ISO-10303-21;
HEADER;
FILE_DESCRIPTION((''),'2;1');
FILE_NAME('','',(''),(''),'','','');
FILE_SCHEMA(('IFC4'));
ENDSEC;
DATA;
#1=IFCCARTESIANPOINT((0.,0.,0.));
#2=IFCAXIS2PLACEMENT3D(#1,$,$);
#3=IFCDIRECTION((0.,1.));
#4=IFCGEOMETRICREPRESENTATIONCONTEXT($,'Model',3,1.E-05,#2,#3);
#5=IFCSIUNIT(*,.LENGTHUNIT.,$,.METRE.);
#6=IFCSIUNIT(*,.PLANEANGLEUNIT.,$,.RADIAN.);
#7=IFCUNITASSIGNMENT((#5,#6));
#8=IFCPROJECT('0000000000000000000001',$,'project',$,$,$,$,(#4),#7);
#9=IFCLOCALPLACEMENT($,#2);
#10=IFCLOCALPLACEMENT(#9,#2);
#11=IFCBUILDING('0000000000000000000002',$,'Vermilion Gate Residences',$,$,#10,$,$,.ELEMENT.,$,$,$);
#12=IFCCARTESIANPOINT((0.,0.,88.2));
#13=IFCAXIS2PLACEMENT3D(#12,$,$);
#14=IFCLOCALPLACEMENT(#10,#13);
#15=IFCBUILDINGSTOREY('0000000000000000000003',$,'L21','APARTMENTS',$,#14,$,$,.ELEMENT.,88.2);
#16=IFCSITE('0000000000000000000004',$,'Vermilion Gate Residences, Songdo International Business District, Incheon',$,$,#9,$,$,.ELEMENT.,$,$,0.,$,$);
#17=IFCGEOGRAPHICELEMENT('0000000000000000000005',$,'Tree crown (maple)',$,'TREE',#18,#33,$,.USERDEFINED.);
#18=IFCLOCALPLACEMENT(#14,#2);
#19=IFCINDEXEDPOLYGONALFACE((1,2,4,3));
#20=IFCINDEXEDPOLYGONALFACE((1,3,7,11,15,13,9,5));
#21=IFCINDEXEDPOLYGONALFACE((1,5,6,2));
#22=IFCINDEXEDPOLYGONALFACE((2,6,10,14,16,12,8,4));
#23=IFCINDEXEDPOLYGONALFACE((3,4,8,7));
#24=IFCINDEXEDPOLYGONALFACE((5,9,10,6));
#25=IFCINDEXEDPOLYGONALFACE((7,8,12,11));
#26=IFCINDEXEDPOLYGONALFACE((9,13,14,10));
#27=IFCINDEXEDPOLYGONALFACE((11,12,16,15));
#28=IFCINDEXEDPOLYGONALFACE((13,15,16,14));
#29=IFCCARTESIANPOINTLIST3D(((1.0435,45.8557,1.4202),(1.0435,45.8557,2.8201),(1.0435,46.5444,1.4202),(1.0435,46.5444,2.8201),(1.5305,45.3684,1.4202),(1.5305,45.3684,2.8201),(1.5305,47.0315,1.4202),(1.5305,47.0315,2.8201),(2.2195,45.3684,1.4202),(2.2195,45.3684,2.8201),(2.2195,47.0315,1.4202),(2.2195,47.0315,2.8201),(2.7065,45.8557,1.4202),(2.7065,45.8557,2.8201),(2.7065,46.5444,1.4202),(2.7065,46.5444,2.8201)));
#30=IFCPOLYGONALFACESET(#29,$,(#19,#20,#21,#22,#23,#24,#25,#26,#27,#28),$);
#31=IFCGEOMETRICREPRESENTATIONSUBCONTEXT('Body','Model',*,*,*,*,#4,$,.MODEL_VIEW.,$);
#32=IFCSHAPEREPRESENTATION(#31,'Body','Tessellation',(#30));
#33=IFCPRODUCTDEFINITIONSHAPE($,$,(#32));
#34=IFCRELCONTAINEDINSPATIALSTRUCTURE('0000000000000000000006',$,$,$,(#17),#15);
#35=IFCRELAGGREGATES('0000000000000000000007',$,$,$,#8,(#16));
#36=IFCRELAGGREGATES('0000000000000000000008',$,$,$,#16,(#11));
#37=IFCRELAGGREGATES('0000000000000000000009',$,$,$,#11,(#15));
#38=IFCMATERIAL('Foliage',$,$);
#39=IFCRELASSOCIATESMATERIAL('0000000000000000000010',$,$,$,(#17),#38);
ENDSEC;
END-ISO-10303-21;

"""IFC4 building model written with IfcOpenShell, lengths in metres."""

from ifc_helpers import new_model, si_unit, direction, frame, origin, place, context, subcontext, project, spatial, polyline, outline, extrude, material, element, save


model = new_model("IFC4")

# Units and contexts
model_context = context("Model", 3, precision=1e-05, world=origin(), true_north=direction((0.0, 1.0)))
body_context = subcontext(model_context, "Body", "Model", "MODEL_VIEW")
ifc_project = project(units=[si_unit("LENGTHUNIT", "METRE"), si_unit("PLANEANGLEUNIT", "RADIAN")], contexts=[model_context])

# Site, building, storey
site_placement = place(None, origin())
site = spatial("IfcSite", under=ifc_project, at=site_placement, Name="Vermilion Gate Residences, Songdo International Business District, Incheon", CompositionType="ELEMENT", RefElevation=0.0)
building_placement = place(site_placement, origin())
building = spatial("IfcBuilding", under=site, at=building_placement, Name="Vermilion Gate Residences", CompositionType="ELEMENT")
storey_placement = place(building_placement, frame((0.0, 0.0, 88.2)))
storey = spatial("IfcBuildingStorey", under=building, at=storey_placement, Name="L21", Description="APARTMENTS", CompositionType="ELEMENT", Elevation=88.2)

# Geographic element
ifc_material_1 = material(Name="Foliage")
geographic_element_1_placement = place(storey_placement, frame((0.0, 0.0, 1.4202)))
element("IfcGeographicElement", 1, at=geographic_element_1_placement, inside=storey, material=ifc_material_1, Name="Tree crown (maple)", ObjectType="TREE", PredefinedType="USERDEFINED", context=body_context, shape_type="SweptSolid", body=[
    extrude(outline(polyline([(2.7065, 46.5444), (2.2195, 47.0315), (1.5305, 47.0315), (1.0435, 46.5444), (1.0435, 45.8557), (1.5305, 45.3684), (2.2195, 45.3684), (2.7065, 45.8557), (2.7065, 46.5444)])), origin(), (0.0, 0.0, 1.0), 1.3999),
])

save(model, "model.ifc")
